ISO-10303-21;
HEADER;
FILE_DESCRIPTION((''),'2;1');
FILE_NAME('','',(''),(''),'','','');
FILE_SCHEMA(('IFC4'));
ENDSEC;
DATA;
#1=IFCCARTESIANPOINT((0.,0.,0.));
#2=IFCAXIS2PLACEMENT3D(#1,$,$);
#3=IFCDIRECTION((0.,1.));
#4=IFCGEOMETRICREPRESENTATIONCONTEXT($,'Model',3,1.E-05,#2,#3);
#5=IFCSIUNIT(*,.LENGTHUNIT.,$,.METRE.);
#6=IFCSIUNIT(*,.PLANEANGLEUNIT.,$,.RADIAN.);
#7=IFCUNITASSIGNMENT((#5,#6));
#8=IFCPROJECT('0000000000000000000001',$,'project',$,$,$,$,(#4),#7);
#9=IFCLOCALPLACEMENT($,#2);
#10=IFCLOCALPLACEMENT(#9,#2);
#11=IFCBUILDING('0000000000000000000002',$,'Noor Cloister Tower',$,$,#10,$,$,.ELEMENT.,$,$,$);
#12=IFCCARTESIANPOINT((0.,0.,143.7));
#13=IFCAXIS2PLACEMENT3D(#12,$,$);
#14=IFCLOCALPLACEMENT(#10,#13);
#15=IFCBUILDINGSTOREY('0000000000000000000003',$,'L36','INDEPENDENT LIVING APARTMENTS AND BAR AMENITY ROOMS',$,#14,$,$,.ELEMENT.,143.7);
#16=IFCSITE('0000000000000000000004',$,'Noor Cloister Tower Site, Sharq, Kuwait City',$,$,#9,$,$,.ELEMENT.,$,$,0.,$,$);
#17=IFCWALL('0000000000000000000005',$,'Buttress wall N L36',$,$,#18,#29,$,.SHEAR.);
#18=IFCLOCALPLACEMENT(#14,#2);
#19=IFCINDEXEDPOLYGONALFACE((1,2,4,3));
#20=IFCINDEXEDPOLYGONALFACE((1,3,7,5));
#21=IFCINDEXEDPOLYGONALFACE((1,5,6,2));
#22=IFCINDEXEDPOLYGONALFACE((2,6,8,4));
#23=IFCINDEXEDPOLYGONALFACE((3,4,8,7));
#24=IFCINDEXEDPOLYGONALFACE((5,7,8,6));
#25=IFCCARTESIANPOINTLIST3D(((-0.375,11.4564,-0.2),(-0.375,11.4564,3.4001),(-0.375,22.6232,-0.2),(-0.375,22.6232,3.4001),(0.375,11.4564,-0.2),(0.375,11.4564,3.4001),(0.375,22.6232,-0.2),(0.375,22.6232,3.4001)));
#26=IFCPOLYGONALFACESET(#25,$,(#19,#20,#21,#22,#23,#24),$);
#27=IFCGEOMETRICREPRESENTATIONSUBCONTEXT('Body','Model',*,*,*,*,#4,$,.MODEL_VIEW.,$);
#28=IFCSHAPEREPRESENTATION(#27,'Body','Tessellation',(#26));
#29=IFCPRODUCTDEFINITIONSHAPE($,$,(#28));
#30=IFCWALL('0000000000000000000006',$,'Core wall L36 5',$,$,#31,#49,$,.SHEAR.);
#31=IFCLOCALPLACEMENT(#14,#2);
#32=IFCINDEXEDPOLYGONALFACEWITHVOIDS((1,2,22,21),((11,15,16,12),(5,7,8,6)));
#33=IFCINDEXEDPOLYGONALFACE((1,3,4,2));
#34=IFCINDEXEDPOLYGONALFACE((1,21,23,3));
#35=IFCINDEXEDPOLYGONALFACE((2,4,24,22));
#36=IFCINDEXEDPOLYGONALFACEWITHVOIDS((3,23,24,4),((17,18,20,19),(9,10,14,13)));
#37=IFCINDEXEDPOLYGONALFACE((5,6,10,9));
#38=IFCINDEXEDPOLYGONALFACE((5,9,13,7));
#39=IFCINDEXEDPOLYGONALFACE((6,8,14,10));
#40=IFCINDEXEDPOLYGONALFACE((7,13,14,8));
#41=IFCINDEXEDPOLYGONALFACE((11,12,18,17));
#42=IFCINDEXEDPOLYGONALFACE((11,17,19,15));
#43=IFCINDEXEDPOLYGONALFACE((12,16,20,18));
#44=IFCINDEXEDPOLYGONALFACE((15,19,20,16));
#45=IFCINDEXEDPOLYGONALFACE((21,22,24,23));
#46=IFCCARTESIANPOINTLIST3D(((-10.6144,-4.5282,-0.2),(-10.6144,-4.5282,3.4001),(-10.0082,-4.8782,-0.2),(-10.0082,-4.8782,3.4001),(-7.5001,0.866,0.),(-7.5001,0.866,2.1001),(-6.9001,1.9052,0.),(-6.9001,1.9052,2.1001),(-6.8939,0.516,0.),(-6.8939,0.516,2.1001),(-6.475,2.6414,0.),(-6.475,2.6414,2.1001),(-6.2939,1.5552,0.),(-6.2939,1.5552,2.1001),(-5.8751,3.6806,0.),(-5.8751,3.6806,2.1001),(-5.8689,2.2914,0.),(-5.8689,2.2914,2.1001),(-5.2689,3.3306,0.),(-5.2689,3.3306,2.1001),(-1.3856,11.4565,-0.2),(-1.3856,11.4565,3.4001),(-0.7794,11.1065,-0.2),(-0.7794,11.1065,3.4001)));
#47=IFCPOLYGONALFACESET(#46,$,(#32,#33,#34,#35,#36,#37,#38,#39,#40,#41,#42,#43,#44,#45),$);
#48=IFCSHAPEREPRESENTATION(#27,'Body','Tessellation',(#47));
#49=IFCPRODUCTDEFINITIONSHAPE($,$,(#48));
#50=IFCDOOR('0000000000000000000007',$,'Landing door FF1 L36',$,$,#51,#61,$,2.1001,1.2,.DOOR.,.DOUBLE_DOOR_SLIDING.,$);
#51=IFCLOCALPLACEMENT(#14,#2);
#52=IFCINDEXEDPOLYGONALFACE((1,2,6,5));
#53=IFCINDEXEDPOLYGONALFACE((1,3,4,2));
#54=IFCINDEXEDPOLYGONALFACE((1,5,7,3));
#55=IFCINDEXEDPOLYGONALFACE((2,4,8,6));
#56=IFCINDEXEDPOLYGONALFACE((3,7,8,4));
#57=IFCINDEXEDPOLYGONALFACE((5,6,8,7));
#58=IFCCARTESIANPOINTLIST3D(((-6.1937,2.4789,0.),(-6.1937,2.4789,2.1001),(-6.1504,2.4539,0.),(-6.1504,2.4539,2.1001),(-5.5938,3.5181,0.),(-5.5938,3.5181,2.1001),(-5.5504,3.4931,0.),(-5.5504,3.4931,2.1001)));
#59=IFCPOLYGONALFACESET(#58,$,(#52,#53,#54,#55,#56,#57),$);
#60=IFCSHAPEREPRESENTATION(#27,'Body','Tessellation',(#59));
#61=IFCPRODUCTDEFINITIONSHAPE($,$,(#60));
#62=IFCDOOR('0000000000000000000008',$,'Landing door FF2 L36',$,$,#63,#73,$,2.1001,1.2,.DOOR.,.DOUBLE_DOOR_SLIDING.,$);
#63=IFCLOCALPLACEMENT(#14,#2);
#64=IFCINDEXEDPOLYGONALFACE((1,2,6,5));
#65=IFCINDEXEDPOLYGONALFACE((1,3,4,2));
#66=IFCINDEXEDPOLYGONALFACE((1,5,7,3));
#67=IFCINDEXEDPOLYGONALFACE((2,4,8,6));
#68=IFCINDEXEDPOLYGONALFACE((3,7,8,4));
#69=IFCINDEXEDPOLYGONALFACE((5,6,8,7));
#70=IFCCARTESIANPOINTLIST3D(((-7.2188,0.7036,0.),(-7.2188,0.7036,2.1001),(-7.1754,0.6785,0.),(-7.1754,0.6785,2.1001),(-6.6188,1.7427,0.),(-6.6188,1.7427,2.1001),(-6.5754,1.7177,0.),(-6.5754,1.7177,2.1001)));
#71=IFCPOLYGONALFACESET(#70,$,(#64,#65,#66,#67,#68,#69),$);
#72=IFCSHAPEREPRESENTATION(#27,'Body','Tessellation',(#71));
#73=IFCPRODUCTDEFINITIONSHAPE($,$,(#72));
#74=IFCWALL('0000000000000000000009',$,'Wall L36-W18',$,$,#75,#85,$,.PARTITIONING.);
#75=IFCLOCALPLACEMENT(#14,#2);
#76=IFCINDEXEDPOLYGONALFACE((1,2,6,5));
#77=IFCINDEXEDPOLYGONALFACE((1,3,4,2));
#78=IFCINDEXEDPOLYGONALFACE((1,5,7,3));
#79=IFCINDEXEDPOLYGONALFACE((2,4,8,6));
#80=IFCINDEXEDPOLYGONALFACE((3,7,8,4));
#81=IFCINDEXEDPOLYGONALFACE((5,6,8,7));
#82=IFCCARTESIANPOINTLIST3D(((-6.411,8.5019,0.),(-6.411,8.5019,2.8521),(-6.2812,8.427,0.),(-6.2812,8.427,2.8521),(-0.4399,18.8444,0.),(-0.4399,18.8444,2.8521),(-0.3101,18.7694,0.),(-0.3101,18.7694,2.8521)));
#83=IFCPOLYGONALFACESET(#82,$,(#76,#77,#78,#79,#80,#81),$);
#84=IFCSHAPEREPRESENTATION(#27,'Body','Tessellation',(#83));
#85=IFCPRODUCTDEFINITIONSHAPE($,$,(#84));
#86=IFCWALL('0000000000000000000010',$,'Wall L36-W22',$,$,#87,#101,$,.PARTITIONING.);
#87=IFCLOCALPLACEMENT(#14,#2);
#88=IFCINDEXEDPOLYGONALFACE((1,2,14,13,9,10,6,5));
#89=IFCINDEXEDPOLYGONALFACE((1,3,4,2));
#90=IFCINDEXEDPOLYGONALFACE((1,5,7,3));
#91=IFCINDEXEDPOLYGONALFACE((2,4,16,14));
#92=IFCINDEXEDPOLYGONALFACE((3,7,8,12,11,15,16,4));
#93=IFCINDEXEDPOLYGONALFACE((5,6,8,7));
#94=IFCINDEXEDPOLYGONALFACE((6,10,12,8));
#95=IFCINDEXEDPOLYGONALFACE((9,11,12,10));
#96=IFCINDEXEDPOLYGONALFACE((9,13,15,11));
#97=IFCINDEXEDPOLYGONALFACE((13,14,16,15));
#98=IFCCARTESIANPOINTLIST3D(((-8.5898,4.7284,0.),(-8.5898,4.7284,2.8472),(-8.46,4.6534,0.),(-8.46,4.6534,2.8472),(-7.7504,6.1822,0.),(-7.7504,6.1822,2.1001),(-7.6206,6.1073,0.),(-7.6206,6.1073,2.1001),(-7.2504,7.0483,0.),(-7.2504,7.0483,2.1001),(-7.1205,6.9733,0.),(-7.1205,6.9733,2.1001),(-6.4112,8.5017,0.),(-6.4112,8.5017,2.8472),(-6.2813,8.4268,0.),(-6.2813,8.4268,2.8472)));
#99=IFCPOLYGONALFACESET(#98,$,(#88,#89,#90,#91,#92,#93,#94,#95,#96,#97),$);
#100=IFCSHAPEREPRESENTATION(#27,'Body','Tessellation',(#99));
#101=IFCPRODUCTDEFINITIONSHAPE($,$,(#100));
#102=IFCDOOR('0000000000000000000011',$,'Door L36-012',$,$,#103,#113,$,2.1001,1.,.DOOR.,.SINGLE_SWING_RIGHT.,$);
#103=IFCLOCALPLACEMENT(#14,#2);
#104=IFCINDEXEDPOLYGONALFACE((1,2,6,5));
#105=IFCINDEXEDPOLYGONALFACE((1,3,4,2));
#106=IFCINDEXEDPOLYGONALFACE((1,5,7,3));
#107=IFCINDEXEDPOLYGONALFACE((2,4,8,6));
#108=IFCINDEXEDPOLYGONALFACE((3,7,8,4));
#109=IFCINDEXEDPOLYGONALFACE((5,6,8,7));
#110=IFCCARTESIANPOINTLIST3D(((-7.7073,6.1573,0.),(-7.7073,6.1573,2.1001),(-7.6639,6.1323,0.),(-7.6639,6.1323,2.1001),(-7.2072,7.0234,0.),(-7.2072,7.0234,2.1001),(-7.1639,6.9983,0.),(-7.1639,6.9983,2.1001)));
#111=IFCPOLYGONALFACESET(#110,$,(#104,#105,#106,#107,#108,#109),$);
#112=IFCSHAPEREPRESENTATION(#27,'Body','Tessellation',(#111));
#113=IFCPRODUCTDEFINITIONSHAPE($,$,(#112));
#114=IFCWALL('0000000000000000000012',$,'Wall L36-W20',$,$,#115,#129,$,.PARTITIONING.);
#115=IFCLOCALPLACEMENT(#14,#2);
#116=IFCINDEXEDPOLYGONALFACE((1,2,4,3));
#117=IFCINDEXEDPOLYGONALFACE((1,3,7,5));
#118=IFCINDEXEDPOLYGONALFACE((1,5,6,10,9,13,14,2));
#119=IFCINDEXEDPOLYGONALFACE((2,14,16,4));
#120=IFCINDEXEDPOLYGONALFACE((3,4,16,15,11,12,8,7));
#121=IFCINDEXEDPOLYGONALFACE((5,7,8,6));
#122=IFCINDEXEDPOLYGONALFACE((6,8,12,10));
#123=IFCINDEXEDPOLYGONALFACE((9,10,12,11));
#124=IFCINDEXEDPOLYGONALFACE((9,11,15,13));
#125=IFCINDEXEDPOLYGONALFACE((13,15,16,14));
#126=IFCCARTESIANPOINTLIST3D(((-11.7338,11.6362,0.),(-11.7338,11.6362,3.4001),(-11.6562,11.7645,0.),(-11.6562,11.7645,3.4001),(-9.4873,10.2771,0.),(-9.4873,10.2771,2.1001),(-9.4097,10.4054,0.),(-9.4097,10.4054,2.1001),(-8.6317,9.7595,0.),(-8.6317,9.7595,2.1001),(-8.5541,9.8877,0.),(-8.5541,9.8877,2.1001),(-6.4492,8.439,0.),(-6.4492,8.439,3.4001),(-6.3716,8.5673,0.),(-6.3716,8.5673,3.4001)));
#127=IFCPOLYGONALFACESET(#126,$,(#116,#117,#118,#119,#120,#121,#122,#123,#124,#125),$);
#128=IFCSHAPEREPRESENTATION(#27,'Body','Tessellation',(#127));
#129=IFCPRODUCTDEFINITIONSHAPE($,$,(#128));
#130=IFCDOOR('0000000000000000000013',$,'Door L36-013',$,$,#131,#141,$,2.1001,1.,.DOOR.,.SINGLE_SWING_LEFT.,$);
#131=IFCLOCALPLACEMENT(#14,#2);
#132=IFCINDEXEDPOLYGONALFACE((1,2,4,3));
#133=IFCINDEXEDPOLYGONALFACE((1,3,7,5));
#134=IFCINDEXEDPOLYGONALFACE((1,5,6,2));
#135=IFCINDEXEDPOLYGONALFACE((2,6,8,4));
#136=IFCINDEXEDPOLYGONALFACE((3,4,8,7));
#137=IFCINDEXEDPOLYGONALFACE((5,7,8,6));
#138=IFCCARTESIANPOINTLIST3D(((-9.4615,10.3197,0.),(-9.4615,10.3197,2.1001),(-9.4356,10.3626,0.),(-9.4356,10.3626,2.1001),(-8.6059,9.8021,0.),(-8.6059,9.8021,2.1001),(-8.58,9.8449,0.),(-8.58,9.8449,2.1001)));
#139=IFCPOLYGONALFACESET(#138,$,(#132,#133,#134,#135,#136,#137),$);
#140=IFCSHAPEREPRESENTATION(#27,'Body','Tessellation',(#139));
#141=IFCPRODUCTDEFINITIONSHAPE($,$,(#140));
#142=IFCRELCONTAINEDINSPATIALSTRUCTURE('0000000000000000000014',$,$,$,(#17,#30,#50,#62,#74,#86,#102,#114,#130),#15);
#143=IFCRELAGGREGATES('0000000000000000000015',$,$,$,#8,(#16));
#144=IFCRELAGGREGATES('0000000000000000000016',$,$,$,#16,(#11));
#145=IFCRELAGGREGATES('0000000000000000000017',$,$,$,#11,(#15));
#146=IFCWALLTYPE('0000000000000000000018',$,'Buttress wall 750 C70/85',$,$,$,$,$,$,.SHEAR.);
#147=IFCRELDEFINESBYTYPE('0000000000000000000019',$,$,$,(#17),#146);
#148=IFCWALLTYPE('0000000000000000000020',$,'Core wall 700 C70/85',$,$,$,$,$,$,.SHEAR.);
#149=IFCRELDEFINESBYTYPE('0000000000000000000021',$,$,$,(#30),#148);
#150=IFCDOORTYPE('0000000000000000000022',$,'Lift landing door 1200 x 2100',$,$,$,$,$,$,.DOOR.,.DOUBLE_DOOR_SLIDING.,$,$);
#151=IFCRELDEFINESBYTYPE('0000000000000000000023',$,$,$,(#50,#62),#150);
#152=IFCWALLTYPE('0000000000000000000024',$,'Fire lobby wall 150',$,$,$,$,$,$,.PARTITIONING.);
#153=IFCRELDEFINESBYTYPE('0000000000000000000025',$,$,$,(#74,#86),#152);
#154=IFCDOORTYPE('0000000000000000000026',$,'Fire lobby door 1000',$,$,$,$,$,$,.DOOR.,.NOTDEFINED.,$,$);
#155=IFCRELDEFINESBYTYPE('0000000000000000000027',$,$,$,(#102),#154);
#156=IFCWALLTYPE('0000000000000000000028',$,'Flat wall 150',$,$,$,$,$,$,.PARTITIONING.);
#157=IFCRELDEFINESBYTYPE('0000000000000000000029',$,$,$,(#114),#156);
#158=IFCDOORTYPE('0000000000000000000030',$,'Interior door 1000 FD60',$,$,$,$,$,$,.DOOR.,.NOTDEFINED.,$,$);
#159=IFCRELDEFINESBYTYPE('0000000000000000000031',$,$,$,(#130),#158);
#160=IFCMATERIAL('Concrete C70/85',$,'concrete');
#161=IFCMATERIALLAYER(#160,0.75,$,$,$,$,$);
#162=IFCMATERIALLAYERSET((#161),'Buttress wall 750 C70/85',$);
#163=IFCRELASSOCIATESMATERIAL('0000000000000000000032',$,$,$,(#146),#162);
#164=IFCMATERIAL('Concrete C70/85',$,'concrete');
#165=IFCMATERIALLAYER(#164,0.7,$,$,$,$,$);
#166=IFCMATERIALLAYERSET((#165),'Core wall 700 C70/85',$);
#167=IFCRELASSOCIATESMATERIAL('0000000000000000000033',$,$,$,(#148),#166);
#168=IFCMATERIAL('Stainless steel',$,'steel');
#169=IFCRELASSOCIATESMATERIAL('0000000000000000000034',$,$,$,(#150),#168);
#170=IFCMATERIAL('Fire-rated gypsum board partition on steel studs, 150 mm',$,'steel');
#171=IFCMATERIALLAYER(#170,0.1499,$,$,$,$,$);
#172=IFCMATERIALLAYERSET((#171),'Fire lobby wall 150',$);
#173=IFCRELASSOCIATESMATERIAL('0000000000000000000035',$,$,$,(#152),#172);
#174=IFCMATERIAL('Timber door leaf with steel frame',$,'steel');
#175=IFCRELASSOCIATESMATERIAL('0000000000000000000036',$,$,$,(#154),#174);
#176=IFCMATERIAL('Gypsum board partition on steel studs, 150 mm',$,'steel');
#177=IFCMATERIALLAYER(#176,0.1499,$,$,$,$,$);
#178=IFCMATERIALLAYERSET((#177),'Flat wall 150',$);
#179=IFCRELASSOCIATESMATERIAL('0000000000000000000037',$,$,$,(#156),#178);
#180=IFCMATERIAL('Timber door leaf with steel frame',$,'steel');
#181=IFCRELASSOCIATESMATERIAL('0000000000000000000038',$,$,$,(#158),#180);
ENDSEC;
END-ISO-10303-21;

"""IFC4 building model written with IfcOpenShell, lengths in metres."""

from ifc_helpers import new_model, si_unit, direction, frame, frame_2d, origin, place, context, subcontext, project, spatial, rectangle, extrude, material, layer, layer_set, type_object, element, fill, save


model = new_model("IFC4")

# Units and contexts
model_context = context("Model", 3, precision=1e-05, world=origin(), true_north=direction((0.0, 1.0)))
body_context = subcontext(model_context, "Body", "Model", "MODEL_VIEW")
ifc_project = project(units=[si_unit("LENGTHUNIT", "METRE"), si_unit("PLANEANGLEUNIT", "RADIAN")], contexts=[model_context])

# Site, building, storey
site_placement = place(None, origin())
site = spatial("IfcSite", under=ifc_project, at=site_placement, Name="Noor Cloister Tower Site, Sharq, Kuwait City", CompositionType="ELEMENT", RefElevation=0.0)
building_placement = place(site_placement, origin())
building = spatial("IfcBuilding", under=site, at=building_placement, Name="Noor Cloister Tower", CompositionType="ELEMENT")
storey_placement = place(building_placement, frame((0.0, 0.0, 143.7)))
storey = spatial("IfcBuildingStorey", under=building, at=storey_placement, Name="L36", Description="INDEPENDENT LIVING APARTMENTS AND BAR AMENITY ROOMS", CompositionType="ELEMENT", Elevation=143.7)

# Wall
ifc_material_1 = material(Name="Concrete C70/85", Category="concrete")
ifc_layer_1 = layer(ifc_material_1, 0.75)
ifc_layer_set_1 = layer_set([ifc_layer_1], Name="Buttress wall 750 C70/85")
wall_type_1 = type_object("IfcWallType", Name="Buttress wall 750 C70/85", PredefinedType="SHEAR", material=ifc_layer_set_1)
wall_1_placement = place(storey_placement, frame((0.0, 11.4563, -0.2), z_axis=(0.0, 0.0, 1.0), x_axis=(0.0, 1.0, 0.0)))
element("IfcWall", 1, at=wall_1_placement, inside=storey, type_object=wall_type_1, Name="Buttress wall N L36", PredefinedType="SHEAR", context=body_context, shape_type="SweptSolid", body=[
    extrude(rectangle(XDim=11.1667, YDim=0.75, at=frame_2d((5.5835, 0.0))), origin(), (0.0, 0.0, 1.0), 3.6001),
])

# Wall, openings, doors
ifc_material_2 = material(Name="Concrete C70/85", Category="concrete")
ifc_layer_2 = layer(ifc_material_2, 0.7)
ifc_layer_set_2 = layer_set([ifc_layer_2], Name="Core wall 700 C70/85")
wall_type_2 = type_object("IfcWallType", Name="Core wall 700 C70/85", PredefinedType="SHEAR", material=ifc_layer_set_2)
wall_2_placement = place(storey_placement, frame((-1.0825, 11.2815, -0.2), z_axis=(0.0, 0.0, 1.0), x_axis=(-0.500001, -0.866025, 0.0)))
wall_2 = element("IfcWall", 2, at=wall_2_placement, inside=storey, type_object=wall_type_2, Name="Core wall L36 5", PredefinedType="SHEAR", context=body_context, shape_type="SweptSolid", body=[
    extrude(rectangle(XDim=18.4575, YDim=0.7, at=frame_2d((9.2288, 0.0))), origin(), (0.0, 0.0, 1.0), 3.6001),
])
opening_1_placement = place(wall_2_placement, frame((8.9788, 0.0, 0.2)))
opening_1 = element("IfcOpeningElement", 3, at=opening_1_placement, cuts=wall_2, PredefinedType="OPENING", context=body_context, shape_type="SweptSolid", body=[
    extrude(rectangle(XDim=1.2, YDim=2.1001, at=frame_2d((0.6001, 1.05))), frame((0.0, 0.3599, 0.0), z_axis=(0.0, -1.0, 0.0), x_axis=(1.0, 0.0, 0.0)), (0.0, 0.0, 1.0), 0.72),
])
opening_2_placement = place(wall_2_placement, frame((11.0288, 0.0, 0.2)))
opening_2 = element("IfcOpeningElement", 4, at=opening_2_placement, cuts=wall_2, PredefinedType="OPENING", context=body_context, shape_type="SweptSolid", body=[
    extrude(rectangle(XDim=1.2, YDim=2.1001, at=frame_2d((0.6001, 1.05))), frame((0.0, 0.3599, 0.0), z_axis=(0.0, -1.0, 0.0), x_axis=(1.0, 0.0, 0.0)), (0.0, 0.0, 1.0), 0.72),
])
ifc_material_3 = material(Name="Stainless steel", Category="steel")
door_type_1 = type_object("IfcDoorType", Name="Lift landing door 1200 x 2100", OperationType="DOUBLE_DOOR_SLIDING", PredefinedType="DOOR", material=ifc_material_3)
door_1_placement = place(opening_1_placement, origin())
door_1 = element("IfcDoor", 5, at=door_1_placement, inside=storey, type_object=door_type_1, Name="Landing door FF1 L36", OperationType="DOUBLE_DOOR_SLIDING", OverallHeight=2.1001, OverallWidth=1.2, PredefinedType="DOOR", context=body_context, shape_type="SweptSolid", body=[
    extrude(rectangle(XDim=1.2, YDim=2.1001, at=frame_2d((0.6001, 1.05))), frame((0.0, 0.0249, 0.0), z_axis=(0.0, -1.0, 0.0), x_axis=(1.0, 0.0, 0.0)), (0.0, 0.0, 1.0), 0.05),
])
fill(opening_1, door_1)
door_2_placement = place(opening_2_placement, origin())
door_2 = element("IfcDoor", 6, at=door_2_placement, inside=storey, type_object=door_type_1, Name="Landing door FF2 L36", OperationType="DOUBLE_DOOR_SLIDING", OverallHeight=2.1001, OverallWidth=1.2, PredefinedType="DOOR", context=body_context, shape_type="SweptSolid", body=[
    extrude(rectangle(XDim=1.2, YDim=2.1001, at=frame_2d((0.6001, 1.05))), frame((0.0, 0.0249, 0.0), z_axis=(0.0, -1.0, 0.0), x_axis=(1.0, 0.0, 0.0)), (0.0, 0.0, 1.0), 0.05),
])
fill(opening_2, door_2)

# Wall
ifc_material_4 = material(Name="Fire-rated gypsum board partition on steel studs, 150 mm", Category="steel")
ifc_layer_3 = layer(ifc_material_4, 0.1499)
ifc_layer_set_3 = layer_set([ifc_layer_3], Name="Fire lobby wall 150")
wall_type_3 = type_object("IfcWallType", Name="Fire lobby wall 150", PredefinedType="PARTITIONING", material=ifc_layer_set_3)
wall_3_placement = place(storey_placement, frame((-0.375, 18.8069, 0.0), z_axis=(0.0, 0.0, 1.0), x_axis=(-0.499996, -0.866028, 0.0)))
element("IfcWall", 7, at=wall_3_placement, inside=storey, type_object=wall_type_3, Name="Wall L36-W18", PredefinedType="PARTITIONING", context=body_context, shape_type="SweptSolid", body=[
    extrude(rectangle(XDim=11.9424, YDim=0.1499, at=frame_2d((5.9712, 0.0))), origin(), (0.0, 0.0, 1.0), 2.8521),
])

# Walls, openings, doors
wall_4_placement = place(storey_placement, frame((-6.3462, 8.4644, 0.0), z_axis=(0.0, 0.0, 1.0), x_axis=(-0.50002, -0.866014, 0.0)))
wall_4 = element("IfcWall", 8, at=wall_4_placement, inside=storey, type_object=wall_type_3, Name="Wall L36-W22", PredefinedType="PARTITIONING", context=body_context, shape_type="SweptSolid", body=[
    extrude(rectangle(XDim=4.3572, YDim=0.1499, at=frame_2d((2.1787, 0.0))), origin(), (0.0, 0.0, 1.0), 2.8472),
])
opening_3_placement = place(wall_4_placement, frame((1.6785, 0.0, 0.0)))
opening_3 = element("IfcOpeningElement", 9, at=opening_3_placement, cuts=wall_4, PredefinedType="OPENING", context=body_context, shape_type="SweptSolid", body=[
    extrude(rectangle(XDim=1.0, YDim=2.1001, at=frame_2d((0.5, 1.05))), frame((0.0, 0.085, 0.0), z_axis=(0.0, -1.0, 0.0), x_axis=(1.0, 0.0, 0.0)), (0.0, 0.0, 1.0), 0.1699),
])
ifc_material_5 = material(Name="Timber door leaf with steel frame", Category="steel")
door_type_2 = type_object("IfcDoorType", Name="Fire lobby door 1000", OperationType="NOTDEFINED", PredefinedType="DOOR", material=ifc_material_5)
door_3_placement = place(opening_3_placement, origin())
door_3 = element("IfcDoor", 10, at=door_3_placement, inside=storey, type_object=door_type_2, Name="Door L36-012", OperationType="SINGLE_SWING_RIGHT", OverallHeight=2.1001, OverallWidth=1.0, PredefinedType="DOOR", context=body_context, shape_type="SweptSolid", body=[
    extrude(rectangle(XDim=1.0, YDim=2.1001, at=frame_2d((0.5, 1.05))), frame((0.0, 0.0249, 0.0), z_axis=(0.0, -1.0, 0.0), x_axis=(1.0, 0.0, 0.0)), (0.0, 0.0, 1.0), 0.05),
])
fill(opening_3, door_3)
ifc_material_6 = material(Name="Gypsum board partition on steel studs, 150 mm", Category="steel")
ifc_layer_4 = layer(ifc_material_6, 0.1499)
ifc_layer_set_4 = layer_set([ifc_layer_4], Name="Flat wall 150")
wall_type_4 = type_object("IfcWallType", Name="Flat wall 150", PredefinedType="PARTITIONING", material=ifc_layer_set_4)
wall_5_placement = place(storey_placement, frame((-11.6951, 11.7004, 0.0), z_axis=(0.0, 0.0, 1.0), x_axis=(0.855597, -0.517643, 0.0)))
wall_5 = element("IfcWall", 11, at=wall_5_placement, inside=storey, type_object=wall_type_4, Name="Wall L36-W20", PredefinedType="PARTITIONING", context=body_context, shape_type="SweptSolid", body=[
    extrude(rectangle(XDim=6.1765, YDim=0.1499, at=frame_2d((3.0884, 0.0))), origin(), (0.0, 0.0, 1.0), 3.4001),
])
opening_4_placement = place(wall_5_placement, frame((2.6257, 0.0, 0.0)))
opening_4 = element("IfcOpeningElement", 12, at=opening_4_placement, cuts=wall_5, PredefinedType="OPENING", context=body_context, shape_type="SweptSolid", body=[
    extrude(rectangle(XDim=1.0, YDim=2.1001, at=frame_2d((0.5, 1.05))), frame((0.0, 0.085, 0.0), z_axis=(0.0, -1.0, 0.0), x_axis=(1.0, 0.0, 0.0)), (0.0, 0.0, 1.0), 0.1699),
])
ifc_material_7 = material(Name="Timber door leaf with steel frame", Category="steel")
door_type_3 = type_object("IfcDoorType", Name="Interior door 1000 FD60", OperationType="NOTDEFINED", PredefinedType="DOOR", material=ifc_material_7)
door_4_placement = place(opening_4_placement, origin())
door_4 = element("IfcDoor", 13, at=door_4_placement, inside=storey, type_object=door_type_3, Name="Door L36-013", OperationType="SINGLE_SWING_LEFT", OverallHeight=2.1001, OverallWidth=1.0, PredefinedType="DOOR", context=body_context, shape_type="SweptSolid", body=[
    extrude(rectangle(XDim=1.0, YDim=2.1001, at=frame_2d((0.5, 1.05))), frame((0.0, 0.0249, 0.0), z_axis=(0.0, -1.0, 0.0), x_axis=(1.0, 0.0, 0.0)), (0.0, 0.0, 1.0), 0.05),
])
fill(opening_4, door_4)

save(model, "model.ifc")
